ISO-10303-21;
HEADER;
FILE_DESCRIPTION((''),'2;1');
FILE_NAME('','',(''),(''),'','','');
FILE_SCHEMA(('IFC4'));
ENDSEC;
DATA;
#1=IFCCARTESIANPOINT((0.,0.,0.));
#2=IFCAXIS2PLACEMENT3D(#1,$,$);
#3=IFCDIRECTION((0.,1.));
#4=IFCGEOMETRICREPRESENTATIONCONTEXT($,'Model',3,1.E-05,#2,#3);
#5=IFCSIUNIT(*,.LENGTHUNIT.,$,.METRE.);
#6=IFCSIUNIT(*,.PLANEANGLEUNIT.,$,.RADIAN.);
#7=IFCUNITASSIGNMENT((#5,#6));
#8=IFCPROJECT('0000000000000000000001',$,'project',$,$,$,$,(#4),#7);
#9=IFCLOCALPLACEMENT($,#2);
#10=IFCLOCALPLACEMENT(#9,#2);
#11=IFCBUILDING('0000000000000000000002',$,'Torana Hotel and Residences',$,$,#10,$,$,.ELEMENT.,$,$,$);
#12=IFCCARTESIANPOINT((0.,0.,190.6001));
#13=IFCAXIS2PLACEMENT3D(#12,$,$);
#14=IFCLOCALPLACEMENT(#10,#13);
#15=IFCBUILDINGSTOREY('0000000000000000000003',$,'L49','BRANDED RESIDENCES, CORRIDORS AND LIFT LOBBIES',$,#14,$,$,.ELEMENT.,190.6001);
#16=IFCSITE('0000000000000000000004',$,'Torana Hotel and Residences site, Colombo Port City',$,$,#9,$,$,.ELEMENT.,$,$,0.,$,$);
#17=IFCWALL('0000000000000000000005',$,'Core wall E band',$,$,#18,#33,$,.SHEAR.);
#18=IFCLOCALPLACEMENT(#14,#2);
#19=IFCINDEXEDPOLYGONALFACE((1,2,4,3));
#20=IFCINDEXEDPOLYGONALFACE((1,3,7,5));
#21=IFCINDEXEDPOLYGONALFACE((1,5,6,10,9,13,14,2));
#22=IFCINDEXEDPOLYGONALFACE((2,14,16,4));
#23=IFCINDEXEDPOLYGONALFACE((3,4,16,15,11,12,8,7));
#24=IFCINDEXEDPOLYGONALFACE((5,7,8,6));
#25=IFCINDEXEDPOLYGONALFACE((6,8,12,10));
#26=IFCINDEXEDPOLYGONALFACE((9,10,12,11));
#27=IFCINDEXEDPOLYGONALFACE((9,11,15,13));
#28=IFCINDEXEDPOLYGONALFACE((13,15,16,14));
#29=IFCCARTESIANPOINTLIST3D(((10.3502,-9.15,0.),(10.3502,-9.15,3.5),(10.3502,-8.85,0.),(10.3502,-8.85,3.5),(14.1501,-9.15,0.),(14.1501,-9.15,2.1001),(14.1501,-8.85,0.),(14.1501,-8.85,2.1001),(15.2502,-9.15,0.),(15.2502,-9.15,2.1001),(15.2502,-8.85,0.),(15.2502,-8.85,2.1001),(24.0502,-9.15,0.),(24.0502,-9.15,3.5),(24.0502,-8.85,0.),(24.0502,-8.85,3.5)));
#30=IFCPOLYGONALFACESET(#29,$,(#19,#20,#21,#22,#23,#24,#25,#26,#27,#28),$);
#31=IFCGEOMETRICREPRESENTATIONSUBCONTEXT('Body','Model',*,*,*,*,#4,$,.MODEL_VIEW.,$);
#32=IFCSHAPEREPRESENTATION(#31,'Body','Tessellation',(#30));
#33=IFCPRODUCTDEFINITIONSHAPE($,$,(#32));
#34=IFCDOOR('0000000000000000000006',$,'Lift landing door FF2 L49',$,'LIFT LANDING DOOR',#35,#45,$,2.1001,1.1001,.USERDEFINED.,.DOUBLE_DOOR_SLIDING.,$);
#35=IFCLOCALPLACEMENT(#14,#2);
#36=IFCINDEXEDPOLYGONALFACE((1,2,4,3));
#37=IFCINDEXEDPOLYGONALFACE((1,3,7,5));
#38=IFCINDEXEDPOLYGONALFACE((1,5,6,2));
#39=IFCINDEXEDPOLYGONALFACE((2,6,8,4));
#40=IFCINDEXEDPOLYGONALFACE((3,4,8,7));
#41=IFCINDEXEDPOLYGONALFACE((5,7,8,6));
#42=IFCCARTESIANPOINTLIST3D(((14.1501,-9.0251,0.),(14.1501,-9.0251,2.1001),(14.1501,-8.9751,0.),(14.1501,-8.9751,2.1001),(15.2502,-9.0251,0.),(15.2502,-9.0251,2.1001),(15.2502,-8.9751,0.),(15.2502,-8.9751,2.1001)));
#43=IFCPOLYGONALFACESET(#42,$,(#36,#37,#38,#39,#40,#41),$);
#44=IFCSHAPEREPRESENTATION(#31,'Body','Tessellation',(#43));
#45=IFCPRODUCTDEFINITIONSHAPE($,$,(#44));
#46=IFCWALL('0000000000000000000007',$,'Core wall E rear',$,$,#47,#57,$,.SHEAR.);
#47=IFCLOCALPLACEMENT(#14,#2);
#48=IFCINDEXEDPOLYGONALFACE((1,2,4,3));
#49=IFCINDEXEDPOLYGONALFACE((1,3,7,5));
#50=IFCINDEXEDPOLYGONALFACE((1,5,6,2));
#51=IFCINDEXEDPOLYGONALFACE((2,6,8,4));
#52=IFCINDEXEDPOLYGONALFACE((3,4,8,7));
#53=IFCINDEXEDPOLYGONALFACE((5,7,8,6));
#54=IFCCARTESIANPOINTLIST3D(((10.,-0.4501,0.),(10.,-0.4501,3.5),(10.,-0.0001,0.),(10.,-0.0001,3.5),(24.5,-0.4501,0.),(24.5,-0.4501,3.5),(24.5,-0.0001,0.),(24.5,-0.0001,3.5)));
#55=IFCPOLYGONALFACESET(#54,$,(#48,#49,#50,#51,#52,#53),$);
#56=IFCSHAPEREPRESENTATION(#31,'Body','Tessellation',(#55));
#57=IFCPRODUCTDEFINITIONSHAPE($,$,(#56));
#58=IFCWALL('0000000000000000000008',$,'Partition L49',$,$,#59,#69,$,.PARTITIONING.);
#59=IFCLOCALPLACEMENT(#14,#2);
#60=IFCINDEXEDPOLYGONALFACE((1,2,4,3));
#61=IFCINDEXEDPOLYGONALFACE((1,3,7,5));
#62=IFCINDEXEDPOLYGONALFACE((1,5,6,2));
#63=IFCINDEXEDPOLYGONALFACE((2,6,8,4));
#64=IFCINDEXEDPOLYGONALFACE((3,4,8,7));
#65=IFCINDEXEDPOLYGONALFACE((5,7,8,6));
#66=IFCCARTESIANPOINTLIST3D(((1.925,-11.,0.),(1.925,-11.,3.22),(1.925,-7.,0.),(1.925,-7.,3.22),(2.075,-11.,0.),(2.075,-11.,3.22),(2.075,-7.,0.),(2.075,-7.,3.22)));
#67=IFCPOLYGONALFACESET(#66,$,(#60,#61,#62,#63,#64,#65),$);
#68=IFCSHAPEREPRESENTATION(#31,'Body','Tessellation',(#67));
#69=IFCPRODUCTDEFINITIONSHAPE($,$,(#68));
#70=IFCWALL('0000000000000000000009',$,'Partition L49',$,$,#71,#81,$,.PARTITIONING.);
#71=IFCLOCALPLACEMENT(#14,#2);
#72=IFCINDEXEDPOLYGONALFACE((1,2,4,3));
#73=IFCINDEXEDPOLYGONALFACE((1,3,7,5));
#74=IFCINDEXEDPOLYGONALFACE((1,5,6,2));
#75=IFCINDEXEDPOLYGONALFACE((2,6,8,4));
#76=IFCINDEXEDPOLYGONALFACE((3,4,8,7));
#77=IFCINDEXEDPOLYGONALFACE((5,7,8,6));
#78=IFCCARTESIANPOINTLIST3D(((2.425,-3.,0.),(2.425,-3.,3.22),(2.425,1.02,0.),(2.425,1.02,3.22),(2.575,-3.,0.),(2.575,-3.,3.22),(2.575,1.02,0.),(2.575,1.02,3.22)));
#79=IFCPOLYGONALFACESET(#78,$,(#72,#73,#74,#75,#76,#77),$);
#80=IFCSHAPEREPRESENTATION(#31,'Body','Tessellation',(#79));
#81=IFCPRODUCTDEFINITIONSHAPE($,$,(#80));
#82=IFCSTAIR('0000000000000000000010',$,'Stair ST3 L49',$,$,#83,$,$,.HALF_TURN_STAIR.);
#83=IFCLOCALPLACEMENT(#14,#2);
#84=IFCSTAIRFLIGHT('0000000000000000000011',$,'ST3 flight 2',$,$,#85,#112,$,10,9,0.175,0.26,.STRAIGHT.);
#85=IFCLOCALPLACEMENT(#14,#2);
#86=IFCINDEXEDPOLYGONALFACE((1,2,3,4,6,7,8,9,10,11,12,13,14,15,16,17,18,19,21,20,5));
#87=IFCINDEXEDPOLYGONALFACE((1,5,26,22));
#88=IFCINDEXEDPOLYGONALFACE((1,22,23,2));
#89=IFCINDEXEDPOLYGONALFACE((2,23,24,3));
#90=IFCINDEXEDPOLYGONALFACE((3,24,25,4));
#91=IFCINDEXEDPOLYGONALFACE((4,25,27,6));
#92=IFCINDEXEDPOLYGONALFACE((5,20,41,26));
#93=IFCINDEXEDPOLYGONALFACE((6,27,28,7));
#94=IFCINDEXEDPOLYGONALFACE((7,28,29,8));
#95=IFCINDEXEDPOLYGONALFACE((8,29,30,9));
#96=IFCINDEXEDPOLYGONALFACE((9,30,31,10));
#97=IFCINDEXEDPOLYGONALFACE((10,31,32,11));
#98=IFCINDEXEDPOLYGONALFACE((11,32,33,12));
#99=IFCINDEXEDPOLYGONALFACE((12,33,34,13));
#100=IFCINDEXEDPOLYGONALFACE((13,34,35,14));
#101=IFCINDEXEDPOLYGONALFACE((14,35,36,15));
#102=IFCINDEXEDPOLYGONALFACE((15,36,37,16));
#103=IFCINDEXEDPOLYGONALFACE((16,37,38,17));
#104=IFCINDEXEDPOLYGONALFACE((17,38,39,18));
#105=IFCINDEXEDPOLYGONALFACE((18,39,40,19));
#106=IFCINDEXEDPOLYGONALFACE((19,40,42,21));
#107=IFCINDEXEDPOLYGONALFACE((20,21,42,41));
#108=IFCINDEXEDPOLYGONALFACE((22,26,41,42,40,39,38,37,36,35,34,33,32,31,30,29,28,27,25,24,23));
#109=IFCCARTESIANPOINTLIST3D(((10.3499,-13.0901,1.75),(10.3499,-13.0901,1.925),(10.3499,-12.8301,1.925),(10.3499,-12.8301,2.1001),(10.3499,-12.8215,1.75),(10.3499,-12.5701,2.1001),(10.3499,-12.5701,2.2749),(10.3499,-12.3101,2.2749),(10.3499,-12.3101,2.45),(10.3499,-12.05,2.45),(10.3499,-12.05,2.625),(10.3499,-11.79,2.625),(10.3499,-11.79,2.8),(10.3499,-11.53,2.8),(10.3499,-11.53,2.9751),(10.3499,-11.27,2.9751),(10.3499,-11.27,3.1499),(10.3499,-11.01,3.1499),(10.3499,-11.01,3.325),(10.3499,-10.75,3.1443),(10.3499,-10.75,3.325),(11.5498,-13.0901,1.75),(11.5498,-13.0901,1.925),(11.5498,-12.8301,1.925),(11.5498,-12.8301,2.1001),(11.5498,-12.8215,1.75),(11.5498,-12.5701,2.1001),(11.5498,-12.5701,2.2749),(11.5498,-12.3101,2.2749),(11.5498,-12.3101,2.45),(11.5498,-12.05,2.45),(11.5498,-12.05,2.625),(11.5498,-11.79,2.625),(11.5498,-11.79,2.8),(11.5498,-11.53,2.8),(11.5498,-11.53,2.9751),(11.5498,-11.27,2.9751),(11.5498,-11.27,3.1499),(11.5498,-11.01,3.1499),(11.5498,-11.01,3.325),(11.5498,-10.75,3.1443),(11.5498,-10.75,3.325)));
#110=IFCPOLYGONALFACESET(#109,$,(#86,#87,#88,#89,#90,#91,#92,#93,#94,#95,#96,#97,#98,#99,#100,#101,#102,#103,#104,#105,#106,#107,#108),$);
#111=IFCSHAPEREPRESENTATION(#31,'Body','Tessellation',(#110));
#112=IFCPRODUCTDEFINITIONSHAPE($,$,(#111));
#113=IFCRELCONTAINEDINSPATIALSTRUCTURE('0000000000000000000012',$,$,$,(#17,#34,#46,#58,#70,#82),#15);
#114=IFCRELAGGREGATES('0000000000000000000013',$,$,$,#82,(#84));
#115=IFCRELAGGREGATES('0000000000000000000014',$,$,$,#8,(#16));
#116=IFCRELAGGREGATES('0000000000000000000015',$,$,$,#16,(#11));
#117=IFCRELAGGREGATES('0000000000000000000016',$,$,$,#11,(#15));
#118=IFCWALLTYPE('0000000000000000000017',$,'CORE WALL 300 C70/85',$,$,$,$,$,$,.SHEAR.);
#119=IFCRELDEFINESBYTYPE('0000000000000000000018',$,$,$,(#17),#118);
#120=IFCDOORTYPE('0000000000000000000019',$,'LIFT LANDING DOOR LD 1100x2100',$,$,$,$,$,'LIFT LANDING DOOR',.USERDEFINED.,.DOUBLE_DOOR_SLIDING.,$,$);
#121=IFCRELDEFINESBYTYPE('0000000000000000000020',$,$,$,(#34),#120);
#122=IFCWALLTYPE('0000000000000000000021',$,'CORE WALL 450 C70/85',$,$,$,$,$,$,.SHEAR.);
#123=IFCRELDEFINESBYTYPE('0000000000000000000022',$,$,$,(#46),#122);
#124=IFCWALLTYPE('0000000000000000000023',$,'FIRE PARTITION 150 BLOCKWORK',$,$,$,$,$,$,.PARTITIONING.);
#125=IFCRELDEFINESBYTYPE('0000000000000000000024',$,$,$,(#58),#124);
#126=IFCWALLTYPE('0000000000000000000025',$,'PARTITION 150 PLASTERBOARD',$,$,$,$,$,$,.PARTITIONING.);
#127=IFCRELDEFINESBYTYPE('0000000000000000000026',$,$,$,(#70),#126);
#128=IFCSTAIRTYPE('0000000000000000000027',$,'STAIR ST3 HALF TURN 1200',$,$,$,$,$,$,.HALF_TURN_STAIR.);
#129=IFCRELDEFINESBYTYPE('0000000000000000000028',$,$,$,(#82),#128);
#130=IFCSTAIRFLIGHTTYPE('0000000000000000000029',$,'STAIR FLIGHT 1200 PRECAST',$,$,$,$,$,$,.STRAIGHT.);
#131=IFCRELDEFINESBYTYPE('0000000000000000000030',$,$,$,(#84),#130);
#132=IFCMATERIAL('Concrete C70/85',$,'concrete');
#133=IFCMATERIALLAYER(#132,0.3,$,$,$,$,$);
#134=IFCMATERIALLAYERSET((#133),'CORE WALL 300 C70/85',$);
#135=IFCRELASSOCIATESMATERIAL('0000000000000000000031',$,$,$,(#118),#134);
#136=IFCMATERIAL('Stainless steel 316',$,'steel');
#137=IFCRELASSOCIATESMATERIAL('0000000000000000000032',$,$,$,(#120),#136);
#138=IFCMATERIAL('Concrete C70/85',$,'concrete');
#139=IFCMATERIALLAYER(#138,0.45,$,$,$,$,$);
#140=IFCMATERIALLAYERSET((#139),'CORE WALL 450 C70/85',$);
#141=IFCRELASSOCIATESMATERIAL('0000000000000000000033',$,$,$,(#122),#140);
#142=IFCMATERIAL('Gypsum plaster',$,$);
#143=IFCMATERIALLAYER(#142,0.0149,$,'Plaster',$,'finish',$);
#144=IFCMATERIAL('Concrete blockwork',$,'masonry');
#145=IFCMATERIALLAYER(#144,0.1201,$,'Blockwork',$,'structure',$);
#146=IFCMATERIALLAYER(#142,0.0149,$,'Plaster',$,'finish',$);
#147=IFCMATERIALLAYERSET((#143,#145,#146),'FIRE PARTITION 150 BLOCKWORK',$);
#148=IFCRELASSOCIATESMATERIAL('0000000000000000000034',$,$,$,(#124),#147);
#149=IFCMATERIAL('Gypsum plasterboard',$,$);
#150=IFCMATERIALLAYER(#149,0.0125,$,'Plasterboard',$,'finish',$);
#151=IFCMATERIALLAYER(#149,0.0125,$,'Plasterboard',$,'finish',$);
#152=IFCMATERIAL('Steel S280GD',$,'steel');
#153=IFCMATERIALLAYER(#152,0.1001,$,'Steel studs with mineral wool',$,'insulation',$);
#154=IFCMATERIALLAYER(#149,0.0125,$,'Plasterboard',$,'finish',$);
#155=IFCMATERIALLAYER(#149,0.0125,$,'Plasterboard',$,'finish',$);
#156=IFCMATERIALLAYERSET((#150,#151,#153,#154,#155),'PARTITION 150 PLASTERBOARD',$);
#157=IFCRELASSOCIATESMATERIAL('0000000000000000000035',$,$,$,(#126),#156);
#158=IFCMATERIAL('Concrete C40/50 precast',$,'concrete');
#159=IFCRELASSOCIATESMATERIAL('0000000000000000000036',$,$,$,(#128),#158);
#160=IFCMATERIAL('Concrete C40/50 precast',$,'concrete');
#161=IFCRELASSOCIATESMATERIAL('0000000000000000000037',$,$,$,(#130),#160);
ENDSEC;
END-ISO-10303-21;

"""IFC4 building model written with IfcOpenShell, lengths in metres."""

from ifc_helpers import new_model, si_unit, direction, frame, frame_2d, origin, place, context, subcontext, project, spatial, polyline, rectangle, outline, extrude, material, layer, layer_set, type_object, element, fill, aggregate, save


model = new_model("IFC4")

# Units and contexts
model_context = context("Model", 3, precision=1e-05, world=origin(), true_north=direction((0.0, 1.0)))
body_context = subcontext(model_context, "Body", "Model", "MODEL_VIEW")
ifc_project = project(units=[si_unit("LENGTHUNIT", "METRE"), si_unit("PLANEANGLEUNIT", "RADIAN")], contexts=[model_context])

# Site, building, storey
site_placement = place(None, origin())
site = spatial("IfcSite", under=ifc_project, at=site_placement, Name="Torana Hotel and Residences site, Colombo Port City", CompositionType="ELEMENT", RefElevation=0.0)
building_placement = place(site_placement, origin())
building = spatial("IfcBuilding", under=site, at=building_placement, Name="Torana Hotel and Residences", CompositionType="ELEMENT")
storey_placement = place(building_placement, frame((0.0, 0.0, 190.6001)))
storey = spatial("IfcBuildingStorey", under=building, at=storey_placement, Name="L49", Description="BRANDED RESIDENCES, CORRIDORS AND LIFT LOBBIES", CompositionType="ELEMENT", Elevation=190.6001)

# Shared definitions
ifc_material_1 = material(Name="Concrete C70/85", Category="concrete")
ifc_layer_1 = layer(ifc_material_1, 0.3)
ifc_layer_set_1 = layer_set([ifc_layer_1], Name="CORE WALL 300 C70/85")
wall_type_1 = type_object("IfcWallType", Name="CORE WALL 300 C70/85", PredefinedType="SHEAR", material=ifc_layer_set_1)
ifc_material_2 = material(Name="Stainless steel 316", Category="steel")
door_type_1 = type_object("IfcDoorType", Name="LIFT LANDING DOOR LD 1100x2100", ElementType="LIFT LANDING DOOR", OperationType="DOUBLE_DOOR_SLIDING", PredefinedType="USERDEFINED", material=ifc_material_2)

# Wall, opening, door
wall_1_placement = place(storey_placement, frame((10.3501, -9.0, 0.0), z_axis=(0.0, 0.0, 1.0), x_axis=(1.0, 0.0, 0.0)))
wall_1 = element("IfcWall", 1, at=wall_1_placement, inside=storey, type_object=wall_type_1, Name="Core wall E band", PredefinedType="SHEAR", context=body_context, shape_type="SweptSolid", body=[
    extrude(rectangle(XDim=13.7, YDim=0.3, at=frame_2d((6.8501, 0.0))), origin(), (0.0, 0.0, 1.0), 3.5),
])
opening_1_placement = place(wall_1_placement, frame((3.8, 0.0, 0.0)))
opening_1 = element("IfcOpeningElement", 2, at=opening_1_placement, cuts=wall_1, PredefinedType="OPENING", context=body_context, shape_type="SweptSolid", body=[
    extrude(rectangle(XDim=1.1001, YDim=2.1001, at=frame_2d((0.55, 1.05))), frame((0.0, 0.1599, 0.0), z_axis=(0.0, -1.0, 0.0), x_axis=(1.0, 0.0, 0.0)), (0.0, 0.0, 1.0), 0.3201),
])
door_1_placement = place(opening_1_placement, origin())
door_1 = element("IfcDoor", 3, at=door_1_placement, inside=storey, type_object=door_type_1, Name="Lift landing door FF2 L49", ObjectType="LIFT LANDING DOOR", OperationType="DOUBLE_DOOR_SLIDING", OverallHeight=2.1001, OverallWidth=1.1001, PredefinedType="USERDEFINED", context=body_context, shape_type="SweptSolid", body=[
    extrude(rectangle(XDim=1.1001, YDim=2.1001, at=frame_2d((0.55, 1.05))), frame((0.0, 0.0249, 0.0), z_axis=(0.0, -1.0, 0.0), x_axis=(1.0, 0.0, 0.0)), (0.0, 0.0, 1.0), 0.05),
])
fill(opening_1, door_1)

# Walls
ifc_material_3 = material(Name="Concrete C70/85", Category="concrete")
ifc_layer_2 = layer(ifc_material_3, 0.45)
ifc_layer_set_2 = layer_set([ifc_layer_2], Name="CORE WALL 450 C70/85")
wall_type_2 = type_object("IfcWallType", Name="CORE WALL 450 C70/85", PredefinedType="SHEAR", material=ifc_layer_set_2)
wall_2_placement = place(storey_placement, frame((10.0, -0.2251, 0.0), z_axis=(0.0, 0.0, 1.0), x_axis=(1.0, 0.0, 0.0)))
element("IfcWall", 4, at=wall_2_placement, inside=storey, type_object=wall_type_2, Name="Core wall E rear", PredefinedType="SHEAR", context=body_context, shape_type="SweptSolid", body=[
    extrude(rectangle(XDim=14.5, YDim=0.45, at=frame_2d((7.25, 0.0))), origin(), (0.0, 0.0, 1.0), 3.5),
])
ifc_material_4 = material(Name="Gypsum plaster")
ifc_layer_3 = layer(ifc_material_4, 0.0149, Name="Plaster", Category="finish")
ifc_material_5 = material(Name="Concrete blockwork", Category="masonry")
ifc_layer_4 = layer(ifc_material_5, 0.1201, Name="Blockwork", Category="structure")
ifc_layer_5 = layer(ifc_material_4, 0.0149, Name="Plaster", Category="finish")
ifc_layer_set_3 = layer_set([ifc_layer_3, ifc_layer_4, ifc_layer_5], Name="FIRE PARTITION 150 BLOCKWORK")
wall_type_3 = type_object("IfcWallType", Name="FIRE PARTITION 150 BLOCKWORK", PredefinedType="PARTITIONING", material=ifc_layer_set_3)
wall_3_placement = place(storey_placement, frame((2.0, -11.0, 0.0), z_axis=(0.0, 0.0, 1.0), x_axis=(0.0, 1.0, 0.0)))
element("IfcWall", 5, at=wall_3_placement, inside=storey, type_object=wall_type_3, Name="Partition L49", PredefinedType="PARTITIONING", context=body_context, shape_type="SweptSolid", body=[
    extrude(rectangle(XDim=4.0, YDim=0.1499, at=frame_2d((2.0, 0.0))), origin(), (0.0, 0.0, 1.0), 3.22),
])
ifc_material_6 = material(Name="Gypsum plasterboard")
ifc_layer_6 = layer(ifc_material_6, 0.0125, Name="Plasterboard", Category="finish")
ifc_layer_7 = layer(ifc_material_6, 0.0125, Name="Plasterboard", Category="finish")
ifc_material_7 = material(Name="Steel S280GD", Category="steel")
ifc_layer_8 = layer(ifc_material_7, 0.1001, Name="Steel studs with mineral wool", Category="insulation")
ifc_layer_9 = layer(ifc_material_6, 0.0125, Name="Plasterboard", Category="finish")
ifc_layer_10 = layer(ifc_material_6, 0.0125, Name="Plasterboard", Category="finish")
ifc_layer_set_4 = layer_set([ifc_layer_6, ifc_layer_7, ifc_layer_8, ifc_layer_9, ifc_layer_10], Name="PARTITION 150 PLASTERBOARD")
wall_type_4 = type_object("IfcWallType", Name="PARTITION 150 PLASTERBOARD", PredefinedType="PARTITIONING", material=ifc_layer_set_4)
wall_4_placement = place(storey_placement, frame((2.5, -3.0, 0.0), z_axis=(0.0, 0.0, 1.0), x_axis=(0.0, 1.0, 0.0)))
element("IfcWall", 6, at=wall_4_placement, inside=storey, type_object=wall_type_4, Name="Partition L49", PredefinedType="PARTITIONING", context=body_context, shape_type="SweptSolid", body=[
    extrude(rectangle(XDim=4.02, YDim=0.1499, at=frame_2d((2.01, 0.0))), origin(), (0.0, 0.0, 1.0), 3.22),
])

# Stair, stair flight
ifc_material_8 = material(Name="Concrete C40/50 precast", Category="concrete")
stair_type = type_object("IfcStairType", Name="STAIR ST3 HALF TURN 1200", PredefinedType="HALF_TURN_STAIR", material=ifc_material_8)
stair_placement = place(storey_placement, origin())
stair = element("IfcStair", 7, at=stair_placement, inside=storey, type_object=stair_type, Name="Stair ST3 L49", PredefinedType="HALF_TURN_STAIR")
ifc_material_9 = material(Name="Concrete C40/50 precast", Category="concrete")
stair_flight_type = type_object("IfcStairFlightType", Name="STAIR FLIGHT 1200 PRECAST", PredefinedType="STRAIGHT", material=ifc_material_9)
stair_flight_placement = place(storey_placement, frame((10.95, -13.0901, 1.75), z_axis=(0.0, 0.0, 1.0), x_axis=(0.0, 1.0, 0.0)))
stair_flight = element("IfcStairFlight", 8, at=stair_flight_placement, type_object=stair_flight_type, Name="ST3 flight 2", NumberOfRisers=10, NumberOfTreads=9, PredefinedType="STRAIGHT", RiserHeight=0.175, TreadLength=0.26, context=body_context, shape_type="SweptSolid", body=[
    extrude(outline(polyline([(0.0, 0.0), (0.0, 0.175), (0.26, 0.175), (0.26, 0.3501), (0.52, 0.3501), (0.52, 0.5249), (0.78, 0.5249), (0.78, 0.7), (1.04, 0.7), (1.04, 0.875), (1.3, 0.875), (1.3, 1.05), (1.5601, 1.05), (1.5601, 1.2251), (1.8201, 1.2251), (1.8201, 1.3999), (2.0801, 1.3999), (2.0801, 1.575), (2.3401, 1.575), (2.3401, 1.75), (2.3401, 1.3943), (0.2686, 0.0), (0.0, 0.0)])), frame((0.0, 0.6001, 0.0), z_axis=(0.0, -1.0, 0.0), x_axis=(1.0, 0.0, 0.0)), (0.0, 0.0, 1.0), 1.2),
])
aggregate(stair, [stair_flight])

save(model, "model.ifc")
